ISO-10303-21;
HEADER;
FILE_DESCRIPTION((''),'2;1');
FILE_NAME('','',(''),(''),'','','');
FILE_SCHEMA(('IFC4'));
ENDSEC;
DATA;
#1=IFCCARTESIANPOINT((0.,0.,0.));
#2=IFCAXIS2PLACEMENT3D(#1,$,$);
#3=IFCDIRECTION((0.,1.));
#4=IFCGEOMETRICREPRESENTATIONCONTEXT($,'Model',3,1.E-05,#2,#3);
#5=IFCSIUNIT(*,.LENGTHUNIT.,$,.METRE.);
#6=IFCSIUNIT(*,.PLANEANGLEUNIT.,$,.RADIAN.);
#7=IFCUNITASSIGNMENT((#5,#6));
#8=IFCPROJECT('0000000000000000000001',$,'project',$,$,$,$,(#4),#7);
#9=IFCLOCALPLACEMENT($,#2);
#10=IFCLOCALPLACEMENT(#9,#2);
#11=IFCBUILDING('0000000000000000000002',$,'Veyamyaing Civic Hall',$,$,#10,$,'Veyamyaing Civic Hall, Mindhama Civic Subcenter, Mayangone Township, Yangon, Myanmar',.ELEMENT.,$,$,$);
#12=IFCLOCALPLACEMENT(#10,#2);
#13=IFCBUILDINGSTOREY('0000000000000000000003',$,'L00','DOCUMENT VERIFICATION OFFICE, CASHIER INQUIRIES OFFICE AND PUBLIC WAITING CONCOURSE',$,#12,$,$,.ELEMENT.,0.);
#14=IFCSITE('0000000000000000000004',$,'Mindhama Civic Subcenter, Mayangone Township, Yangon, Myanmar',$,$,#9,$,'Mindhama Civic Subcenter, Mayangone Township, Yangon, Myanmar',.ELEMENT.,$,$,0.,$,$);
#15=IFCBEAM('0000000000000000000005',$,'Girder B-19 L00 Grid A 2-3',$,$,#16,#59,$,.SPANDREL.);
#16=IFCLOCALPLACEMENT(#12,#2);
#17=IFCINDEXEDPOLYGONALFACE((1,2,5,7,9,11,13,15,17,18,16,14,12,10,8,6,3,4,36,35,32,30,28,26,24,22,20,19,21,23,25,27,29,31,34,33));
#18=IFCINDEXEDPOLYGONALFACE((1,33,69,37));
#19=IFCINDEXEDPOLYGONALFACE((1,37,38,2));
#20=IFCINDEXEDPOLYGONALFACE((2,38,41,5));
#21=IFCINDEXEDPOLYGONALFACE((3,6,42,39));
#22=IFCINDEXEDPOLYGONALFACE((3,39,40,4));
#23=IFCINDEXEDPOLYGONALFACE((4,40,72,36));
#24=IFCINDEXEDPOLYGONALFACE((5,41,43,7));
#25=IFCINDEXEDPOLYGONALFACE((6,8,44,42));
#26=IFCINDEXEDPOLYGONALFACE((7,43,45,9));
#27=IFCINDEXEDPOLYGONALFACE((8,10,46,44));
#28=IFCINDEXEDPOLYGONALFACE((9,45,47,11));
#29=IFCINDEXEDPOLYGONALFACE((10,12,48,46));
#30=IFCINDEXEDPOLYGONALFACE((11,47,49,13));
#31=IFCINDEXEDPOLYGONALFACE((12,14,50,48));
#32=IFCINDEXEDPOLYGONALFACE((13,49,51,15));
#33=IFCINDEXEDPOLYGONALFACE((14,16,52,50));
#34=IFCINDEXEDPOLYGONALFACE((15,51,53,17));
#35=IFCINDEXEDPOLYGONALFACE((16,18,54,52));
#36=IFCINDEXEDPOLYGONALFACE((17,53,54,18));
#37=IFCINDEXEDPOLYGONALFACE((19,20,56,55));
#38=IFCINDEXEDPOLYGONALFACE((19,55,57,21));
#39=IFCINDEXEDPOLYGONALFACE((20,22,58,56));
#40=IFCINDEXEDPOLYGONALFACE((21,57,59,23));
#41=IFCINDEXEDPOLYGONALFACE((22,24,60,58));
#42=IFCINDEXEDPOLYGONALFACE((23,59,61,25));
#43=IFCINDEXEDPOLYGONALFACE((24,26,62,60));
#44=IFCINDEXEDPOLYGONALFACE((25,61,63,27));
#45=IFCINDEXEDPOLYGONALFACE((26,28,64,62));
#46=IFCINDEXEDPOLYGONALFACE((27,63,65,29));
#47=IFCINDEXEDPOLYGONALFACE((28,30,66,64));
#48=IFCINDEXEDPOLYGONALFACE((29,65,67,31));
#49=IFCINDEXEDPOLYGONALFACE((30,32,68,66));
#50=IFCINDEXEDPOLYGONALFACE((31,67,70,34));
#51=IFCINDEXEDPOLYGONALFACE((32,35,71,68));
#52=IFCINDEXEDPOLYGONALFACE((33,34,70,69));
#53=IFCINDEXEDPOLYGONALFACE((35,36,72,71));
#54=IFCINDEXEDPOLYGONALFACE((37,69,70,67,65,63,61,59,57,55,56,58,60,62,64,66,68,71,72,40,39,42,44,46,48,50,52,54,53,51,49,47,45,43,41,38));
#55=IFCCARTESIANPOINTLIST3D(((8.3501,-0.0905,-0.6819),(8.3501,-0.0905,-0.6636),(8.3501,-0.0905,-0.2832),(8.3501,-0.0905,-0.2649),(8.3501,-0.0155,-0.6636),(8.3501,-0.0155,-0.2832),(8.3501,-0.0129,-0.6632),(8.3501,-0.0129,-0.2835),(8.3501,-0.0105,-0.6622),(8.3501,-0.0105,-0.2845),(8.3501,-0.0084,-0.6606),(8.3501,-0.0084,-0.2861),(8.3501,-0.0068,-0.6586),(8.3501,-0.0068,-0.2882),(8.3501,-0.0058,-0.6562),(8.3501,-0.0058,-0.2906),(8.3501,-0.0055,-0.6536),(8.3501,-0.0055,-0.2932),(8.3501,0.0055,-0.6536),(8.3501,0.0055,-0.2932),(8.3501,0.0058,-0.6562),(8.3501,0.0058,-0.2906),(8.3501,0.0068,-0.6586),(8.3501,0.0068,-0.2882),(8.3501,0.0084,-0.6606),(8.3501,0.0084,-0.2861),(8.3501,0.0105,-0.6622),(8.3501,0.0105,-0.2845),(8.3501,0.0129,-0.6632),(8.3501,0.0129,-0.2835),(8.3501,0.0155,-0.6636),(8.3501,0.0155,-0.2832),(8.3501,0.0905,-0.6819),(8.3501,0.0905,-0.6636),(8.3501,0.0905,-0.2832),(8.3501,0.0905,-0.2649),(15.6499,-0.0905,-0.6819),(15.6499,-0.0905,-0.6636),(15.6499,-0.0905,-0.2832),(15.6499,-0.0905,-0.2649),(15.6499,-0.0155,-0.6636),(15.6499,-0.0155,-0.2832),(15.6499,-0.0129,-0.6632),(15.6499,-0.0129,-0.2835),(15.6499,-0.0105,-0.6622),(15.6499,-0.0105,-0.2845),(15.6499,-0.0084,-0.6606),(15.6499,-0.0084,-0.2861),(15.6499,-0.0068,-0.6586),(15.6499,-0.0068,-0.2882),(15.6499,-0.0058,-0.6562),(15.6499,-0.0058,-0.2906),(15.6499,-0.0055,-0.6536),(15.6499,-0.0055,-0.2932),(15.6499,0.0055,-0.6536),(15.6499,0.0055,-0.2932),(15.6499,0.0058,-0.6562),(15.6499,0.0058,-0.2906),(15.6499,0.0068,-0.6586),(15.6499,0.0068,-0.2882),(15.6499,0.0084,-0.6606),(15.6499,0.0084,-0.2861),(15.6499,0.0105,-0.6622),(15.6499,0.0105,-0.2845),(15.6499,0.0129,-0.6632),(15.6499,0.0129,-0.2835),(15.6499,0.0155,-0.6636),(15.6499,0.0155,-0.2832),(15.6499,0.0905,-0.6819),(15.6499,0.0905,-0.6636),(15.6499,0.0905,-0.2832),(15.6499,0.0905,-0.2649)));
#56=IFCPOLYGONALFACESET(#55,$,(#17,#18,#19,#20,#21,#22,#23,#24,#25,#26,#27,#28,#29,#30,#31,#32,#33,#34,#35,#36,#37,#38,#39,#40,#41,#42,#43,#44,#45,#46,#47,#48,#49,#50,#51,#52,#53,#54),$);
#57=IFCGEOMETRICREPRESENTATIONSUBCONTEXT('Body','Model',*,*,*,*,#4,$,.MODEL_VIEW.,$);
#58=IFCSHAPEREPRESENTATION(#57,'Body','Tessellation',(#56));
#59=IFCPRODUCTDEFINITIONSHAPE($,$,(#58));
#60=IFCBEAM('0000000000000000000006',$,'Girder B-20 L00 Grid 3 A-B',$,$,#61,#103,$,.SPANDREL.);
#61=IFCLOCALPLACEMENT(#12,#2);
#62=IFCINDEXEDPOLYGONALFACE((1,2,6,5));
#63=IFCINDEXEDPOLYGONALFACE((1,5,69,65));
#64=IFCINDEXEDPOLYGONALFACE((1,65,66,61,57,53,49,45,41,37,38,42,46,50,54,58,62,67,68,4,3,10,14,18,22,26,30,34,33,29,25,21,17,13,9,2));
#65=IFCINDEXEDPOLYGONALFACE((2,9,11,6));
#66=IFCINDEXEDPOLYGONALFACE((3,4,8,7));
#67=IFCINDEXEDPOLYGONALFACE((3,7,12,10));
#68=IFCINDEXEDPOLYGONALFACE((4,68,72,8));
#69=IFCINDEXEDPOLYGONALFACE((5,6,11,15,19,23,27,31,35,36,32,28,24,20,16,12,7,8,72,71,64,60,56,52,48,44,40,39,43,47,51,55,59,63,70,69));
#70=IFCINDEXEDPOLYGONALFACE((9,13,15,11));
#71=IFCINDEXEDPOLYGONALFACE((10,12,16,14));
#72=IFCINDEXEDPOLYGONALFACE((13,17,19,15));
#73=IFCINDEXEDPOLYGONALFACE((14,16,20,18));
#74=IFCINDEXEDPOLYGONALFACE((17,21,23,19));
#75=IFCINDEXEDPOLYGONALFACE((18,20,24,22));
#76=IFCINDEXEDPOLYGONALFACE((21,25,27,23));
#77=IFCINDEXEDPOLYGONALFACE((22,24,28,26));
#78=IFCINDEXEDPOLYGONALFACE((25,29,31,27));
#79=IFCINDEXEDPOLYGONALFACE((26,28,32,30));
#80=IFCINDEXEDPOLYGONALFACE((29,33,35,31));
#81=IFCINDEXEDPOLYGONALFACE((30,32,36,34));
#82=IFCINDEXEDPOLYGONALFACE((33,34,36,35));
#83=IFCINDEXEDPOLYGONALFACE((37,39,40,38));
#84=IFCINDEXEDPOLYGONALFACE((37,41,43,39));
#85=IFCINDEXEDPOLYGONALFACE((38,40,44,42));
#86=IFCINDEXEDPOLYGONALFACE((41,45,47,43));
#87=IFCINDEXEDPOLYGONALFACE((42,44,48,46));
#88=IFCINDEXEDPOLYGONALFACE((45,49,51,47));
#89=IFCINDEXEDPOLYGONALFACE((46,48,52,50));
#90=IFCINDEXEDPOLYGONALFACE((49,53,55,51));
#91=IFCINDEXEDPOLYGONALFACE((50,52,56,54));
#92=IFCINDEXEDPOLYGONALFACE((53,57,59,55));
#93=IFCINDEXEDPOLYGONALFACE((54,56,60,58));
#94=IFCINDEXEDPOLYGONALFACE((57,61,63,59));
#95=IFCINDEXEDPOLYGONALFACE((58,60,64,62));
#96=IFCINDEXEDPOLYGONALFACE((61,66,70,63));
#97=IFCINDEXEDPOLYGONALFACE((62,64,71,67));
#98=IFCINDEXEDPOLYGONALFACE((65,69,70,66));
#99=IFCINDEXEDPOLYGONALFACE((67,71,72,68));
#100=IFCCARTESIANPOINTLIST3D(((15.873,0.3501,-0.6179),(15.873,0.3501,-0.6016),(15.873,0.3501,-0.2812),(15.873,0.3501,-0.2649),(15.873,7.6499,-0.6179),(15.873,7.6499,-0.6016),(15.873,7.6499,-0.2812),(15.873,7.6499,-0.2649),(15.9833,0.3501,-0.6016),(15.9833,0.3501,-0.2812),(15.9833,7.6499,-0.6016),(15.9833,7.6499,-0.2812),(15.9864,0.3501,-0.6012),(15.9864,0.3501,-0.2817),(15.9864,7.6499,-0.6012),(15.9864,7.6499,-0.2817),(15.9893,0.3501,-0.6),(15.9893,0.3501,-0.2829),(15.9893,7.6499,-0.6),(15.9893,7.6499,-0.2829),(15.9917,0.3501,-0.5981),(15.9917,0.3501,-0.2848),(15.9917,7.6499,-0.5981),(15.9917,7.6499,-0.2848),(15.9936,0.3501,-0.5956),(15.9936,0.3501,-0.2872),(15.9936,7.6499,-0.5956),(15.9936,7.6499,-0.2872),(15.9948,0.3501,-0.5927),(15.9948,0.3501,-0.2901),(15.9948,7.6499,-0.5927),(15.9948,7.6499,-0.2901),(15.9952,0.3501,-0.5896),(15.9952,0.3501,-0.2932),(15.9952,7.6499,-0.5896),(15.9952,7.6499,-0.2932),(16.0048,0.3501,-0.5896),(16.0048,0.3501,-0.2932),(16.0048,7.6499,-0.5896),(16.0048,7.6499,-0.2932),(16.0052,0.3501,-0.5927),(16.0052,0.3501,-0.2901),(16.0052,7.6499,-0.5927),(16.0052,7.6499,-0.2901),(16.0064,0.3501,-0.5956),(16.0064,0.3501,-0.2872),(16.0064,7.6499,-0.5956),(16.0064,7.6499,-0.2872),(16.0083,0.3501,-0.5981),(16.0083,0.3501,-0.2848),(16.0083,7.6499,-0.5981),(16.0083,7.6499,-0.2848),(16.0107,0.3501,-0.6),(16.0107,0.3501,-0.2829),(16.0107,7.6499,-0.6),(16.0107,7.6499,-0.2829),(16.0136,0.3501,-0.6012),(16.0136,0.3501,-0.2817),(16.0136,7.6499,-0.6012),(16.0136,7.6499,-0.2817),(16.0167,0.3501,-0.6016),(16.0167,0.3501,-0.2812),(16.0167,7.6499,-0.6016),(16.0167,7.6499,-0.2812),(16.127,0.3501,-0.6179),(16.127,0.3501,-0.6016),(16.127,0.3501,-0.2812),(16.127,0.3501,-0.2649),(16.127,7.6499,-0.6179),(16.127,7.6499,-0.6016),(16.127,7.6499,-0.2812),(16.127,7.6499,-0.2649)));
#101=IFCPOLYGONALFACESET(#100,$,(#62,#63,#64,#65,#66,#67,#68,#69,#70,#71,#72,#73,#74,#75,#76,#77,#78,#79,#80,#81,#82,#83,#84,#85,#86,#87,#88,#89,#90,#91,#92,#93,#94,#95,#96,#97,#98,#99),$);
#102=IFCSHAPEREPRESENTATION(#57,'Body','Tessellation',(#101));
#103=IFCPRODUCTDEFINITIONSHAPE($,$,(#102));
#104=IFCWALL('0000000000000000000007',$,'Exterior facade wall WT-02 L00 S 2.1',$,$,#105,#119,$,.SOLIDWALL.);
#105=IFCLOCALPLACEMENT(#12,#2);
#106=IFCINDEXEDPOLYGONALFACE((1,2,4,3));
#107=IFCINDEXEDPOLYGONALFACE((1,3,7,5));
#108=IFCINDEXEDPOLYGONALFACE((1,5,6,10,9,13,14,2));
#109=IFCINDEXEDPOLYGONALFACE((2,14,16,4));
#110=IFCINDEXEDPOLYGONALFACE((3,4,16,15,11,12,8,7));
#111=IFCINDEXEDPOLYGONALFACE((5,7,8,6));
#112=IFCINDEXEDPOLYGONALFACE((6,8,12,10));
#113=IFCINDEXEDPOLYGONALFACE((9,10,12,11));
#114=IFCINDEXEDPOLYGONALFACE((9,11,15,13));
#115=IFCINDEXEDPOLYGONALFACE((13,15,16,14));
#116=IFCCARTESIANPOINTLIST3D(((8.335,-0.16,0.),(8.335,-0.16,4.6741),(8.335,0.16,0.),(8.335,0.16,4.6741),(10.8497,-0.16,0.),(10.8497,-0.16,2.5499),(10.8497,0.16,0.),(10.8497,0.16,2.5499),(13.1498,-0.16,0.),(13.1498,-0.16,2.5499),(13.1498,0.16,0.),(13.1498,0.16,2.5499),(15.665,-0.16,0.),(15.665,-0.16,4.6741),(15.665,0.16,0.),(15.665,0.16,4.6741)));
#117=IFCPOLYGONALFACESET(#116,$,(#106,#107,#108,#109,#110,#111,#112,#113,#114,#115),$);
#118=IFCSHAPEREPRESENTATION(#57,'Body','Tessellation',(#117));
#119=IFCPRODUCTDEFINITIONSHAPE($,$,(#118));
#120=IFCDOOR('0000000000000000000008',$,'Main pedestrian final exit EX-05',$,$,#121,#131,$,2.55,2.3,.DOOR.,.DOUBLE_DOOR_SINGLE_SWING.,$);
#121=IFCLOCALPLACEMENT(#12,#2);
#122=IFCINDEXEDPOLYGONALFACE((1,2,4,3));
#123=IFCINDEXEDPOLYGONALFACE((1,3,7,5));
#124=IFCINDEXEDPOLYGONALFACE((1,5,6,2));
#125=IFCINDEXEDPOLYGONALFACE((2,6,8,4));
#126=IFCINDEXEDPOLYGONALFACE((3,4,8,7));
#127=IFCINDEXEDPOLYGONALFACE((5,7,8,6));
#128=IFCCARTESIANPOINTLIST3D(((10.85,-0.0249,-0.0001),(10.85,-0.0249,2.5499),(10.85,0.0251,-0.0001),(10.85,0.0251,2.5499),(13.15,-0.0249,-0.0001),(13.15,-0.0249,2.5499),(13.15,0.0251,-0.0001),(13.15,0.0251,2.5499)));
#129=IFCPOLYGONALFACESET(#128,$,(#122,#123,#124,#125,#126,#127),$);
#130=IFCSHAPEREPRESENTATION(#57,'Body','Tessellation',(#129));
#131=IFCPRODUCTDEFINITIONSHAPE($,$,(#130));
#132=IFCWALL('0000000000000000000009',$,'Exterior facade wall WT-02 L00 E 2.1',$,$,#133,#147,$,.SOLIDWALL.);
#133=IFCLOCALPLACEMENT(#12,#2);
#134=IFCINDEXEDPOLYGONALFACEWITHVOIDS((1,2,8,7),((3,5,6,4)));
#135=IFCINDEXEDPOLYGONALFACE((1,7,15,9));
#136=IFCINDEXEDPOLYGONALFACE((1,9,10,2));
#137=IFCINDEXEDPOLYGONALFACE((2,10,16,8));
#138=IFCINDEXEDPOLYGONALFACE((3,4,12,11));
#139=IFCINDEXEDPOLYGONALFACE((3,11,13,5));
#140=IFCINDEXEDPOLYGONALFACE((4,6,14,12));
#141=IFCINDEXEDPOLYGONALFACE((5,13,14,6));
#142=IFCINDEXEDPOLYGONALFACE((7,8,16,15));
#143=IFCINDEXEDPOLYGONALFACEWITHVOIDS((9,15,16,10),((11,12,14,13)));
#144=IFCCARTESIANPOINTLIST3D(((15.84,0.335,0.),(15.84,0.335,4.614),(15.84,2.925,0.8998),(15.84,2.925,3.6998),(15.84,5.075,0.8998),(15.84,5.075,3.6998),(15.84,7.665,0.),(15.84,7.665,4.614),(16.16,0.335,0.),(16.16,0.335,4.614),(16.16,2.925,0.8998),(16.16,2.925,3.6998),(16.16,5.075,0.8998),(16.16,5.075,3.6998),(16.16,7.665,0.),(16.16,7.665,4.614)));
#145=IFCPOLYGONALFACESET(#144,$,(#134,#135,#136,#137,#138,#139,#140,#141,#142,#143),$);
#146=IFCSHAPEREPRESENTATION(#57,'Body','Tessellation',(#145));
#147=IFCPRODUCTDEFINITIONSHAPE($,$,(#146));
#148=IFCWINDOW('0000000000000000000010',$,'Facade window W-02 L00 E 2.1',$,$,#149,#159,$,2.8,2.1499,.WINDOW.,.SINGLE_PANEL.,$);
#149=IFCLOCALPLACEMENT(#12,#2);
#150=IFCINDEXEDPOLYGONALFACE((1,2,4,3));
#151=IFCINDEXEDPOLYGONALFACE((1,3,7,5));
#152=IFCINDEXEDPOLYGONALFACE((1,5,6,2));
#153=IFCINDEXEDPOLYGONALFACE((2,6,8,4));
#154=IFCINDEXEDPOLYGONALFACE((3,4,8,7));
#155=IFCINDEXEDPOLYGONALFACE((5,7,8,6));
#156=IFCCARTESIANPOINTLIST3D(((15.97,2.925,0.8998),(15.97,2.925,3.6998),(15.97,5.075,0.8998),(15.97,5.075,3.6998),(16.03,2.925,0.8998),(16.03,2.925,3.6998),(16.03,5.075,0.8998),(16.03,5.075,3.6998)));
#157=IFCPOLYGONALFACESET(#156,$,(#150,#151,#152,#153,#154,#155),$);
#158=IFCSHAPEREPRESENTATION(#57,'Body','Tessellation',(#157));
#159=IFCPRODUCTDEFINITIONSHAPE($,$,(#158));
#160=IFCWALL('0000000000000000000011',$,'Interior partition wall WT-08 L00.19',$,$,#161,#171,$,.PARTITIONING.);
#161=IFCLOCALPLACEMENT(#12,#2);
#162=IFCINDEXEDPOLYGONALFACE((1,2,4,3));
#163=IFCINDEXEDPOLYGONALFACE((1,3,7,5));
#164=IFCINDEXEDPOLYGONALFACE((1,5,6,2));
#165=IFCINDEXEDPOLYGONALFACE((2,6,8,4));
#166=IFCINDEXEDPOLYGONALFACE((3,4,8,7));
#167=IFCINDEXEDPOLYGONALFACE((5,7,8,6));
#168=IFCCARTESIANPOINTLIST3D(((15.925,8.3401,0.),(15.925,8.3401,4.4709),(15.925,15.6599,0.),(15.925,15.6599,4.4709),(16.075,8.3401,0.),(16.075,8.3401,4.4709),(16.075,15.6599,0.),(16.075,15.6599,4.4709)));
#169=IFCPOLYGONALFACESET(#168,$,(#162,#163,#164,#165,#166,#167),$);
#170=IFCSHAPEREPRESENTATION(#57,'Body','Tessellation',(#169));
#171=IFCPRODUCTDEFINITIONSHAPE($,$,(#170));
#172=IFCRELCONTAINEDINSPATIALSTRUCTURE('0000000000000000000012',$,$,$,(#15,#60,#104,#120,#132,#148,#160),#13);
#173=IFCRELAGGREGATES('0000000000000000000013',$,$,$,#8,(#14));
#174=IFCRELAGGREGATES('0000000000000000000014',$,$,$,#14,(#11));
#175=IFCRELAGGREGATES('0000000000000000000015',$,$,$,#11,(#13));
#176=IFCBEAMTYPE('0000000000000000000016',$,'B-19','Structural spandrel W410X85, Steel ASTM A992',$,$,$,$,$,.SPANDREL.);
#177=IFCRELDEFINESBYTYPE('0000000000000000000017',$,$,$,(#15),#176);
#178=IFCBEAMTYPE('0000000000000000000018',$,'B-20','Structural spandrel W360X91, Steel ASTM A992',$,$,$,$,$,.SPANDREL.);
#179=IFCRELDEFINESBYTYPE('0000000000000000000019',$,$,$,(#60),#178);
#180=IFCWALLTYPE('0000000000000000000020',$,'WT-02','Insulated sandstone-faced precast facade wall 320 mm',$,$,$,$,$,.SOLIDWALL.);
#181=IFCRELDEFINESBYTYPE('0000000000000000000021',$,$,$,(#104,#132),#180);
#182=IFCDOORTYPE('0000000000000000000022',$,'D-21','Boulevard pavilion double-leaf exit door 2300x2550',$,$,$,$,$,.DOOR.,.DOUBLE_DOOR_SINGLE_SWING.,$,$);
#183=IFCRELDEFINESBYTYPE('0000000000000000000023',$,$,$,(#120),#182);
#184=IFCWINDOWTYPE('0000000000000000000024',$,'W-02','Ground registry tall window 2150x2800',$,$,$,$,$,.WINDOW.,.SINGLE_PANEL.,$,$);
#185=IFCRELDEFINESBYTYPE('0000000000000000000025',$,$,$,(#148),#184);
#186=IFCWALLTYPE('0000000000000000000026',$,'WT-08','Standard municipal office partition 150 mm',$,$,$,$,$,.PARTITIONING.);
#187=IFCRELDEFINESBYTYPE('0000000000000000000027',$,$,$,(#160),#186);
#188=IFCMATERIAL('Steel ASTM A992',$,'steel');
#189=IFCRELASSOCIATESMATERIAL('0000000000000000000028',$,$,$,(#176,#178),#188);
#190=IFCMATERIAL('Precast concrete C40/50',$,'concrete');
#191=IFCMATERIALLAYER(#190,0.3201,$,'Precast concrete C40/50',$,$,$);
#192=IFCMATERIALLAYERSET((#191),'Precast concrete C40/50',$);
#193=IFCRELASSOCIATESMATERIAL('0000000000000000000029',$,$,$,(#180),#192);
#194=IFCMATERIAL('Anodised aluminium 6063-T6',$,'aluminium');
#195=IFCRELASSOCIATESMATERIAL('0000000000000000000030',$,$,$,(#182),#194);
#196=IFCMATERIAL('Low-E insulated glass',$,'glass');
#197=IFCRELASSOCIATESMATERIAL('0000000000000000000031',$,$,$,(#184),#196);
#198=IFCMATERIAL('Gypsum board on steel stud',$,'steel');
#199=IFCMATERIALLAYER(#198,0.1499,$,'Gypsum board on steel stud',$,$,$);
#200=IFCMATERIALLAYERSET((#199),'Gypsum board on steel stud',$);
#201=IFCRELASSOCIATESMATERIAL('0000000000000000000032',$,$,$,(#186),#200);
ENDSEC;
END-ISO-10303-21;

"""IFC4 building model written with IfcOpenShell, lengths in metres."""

from ifc_helpers import new_model, si_unit, direction, frame, frame_2d, origin, origin_2d, place, context, subcontext, project, spatial, rectangle, i_section, extrude, material, layer, layer_set, material_profile, profile_set, type_object, element, fill, save


model = new_model("IFC4")

# Units and contexts
model_context = context("Model", 3, precision=1e-05, world=origin(), true_north=direction((0.0, 1.0)))
body_context = subcontext(model_context, "Body", "Model", "MODEL_VIEW")
ifc_project = project(units=[si_unit("LENGTHUNIT", "METRE"), si_unit("PLANEANGLEUNIT", "RADIAN")], contexts=[model_context])

# Site, building, storey
site_placement = place(None, origin())
site = spatial("IfcSite", under=ifc_project, at=site_placement, Name="Mindhama Civic Subcenter, Mayangone Township, Yangon, Myanmar", LongName="Mindhama Civic Subcenter, Mayangone Township, Yangon, Myanmar", CompositionType="ELEMENT", RefElevation=0.0)
building_placement = place(site_placement, origin())
building = spatial("IfcBuilding", under=site, at=building_placement, Name="Veyamyaing Civic Hall", LongName="Veyamyaing Civic Hall, Mindhama Civic Subcenter, Mayangone Township, Yangon, Myanmar", CompositionType="ELEMENT")
storey_placement = place(building_placement, origin())
storey = spatial("IfcBuildingStorey", under=building, at=storey_placement, Name="L00", Description="DOCUMENT VERIFICATION OFFICE, CASHIER INQUIRIES OFFICE AND PUBLIC WAITING CONCOURSE", CompositionType="ELEMENT", Elevation=0.0)

# Beams
ifc_material_1 = material(Name="Steel ASTM A992", Category="steel")
ifc_material_profile_1 = material_profile(ifc_material_1, i_section(OverallWidth=0.1809, OverallDepth=0.417, WebThickness=0.011, FlangeThickness=0.0183, FilletRadius=0.01, at=origin_2d()), Name="W410X85")
ifc_profile_set_1 = profile_set([ifc_material_profile_1], Name="Steel ASTM A992")
beam_type_1 = type_object("IfcBeamType", Name="B-19", Description="Structural spandrel W410X85, Steel ASTM A992", PredefinedType="SPANDREL", material=ifc_profile_set_1)
beam_1_placement = place(storey_placement, frame((8.3501, 0.0, -0.4734), z_axis=(1.0, 0.0, 0.0), x_axis=(0.0, 1.0, 0.0)))
element("IfcBeam", 1, at=beam_1_placement, inside=storey, type_object=beam_type_1, Name="Girder B-19 L00 Grid A 2-3", PredefinedType="SPANDREL", context=body_context, shape_type="SweptSolid", body=[
    extrude(i_section(OverallWidth=0.1809, OverallDepth=0.417, WebThickness=0.011, FlangeThickness=0.0183, FilletRadius=0.01, at=origin_2d()), origin(), (0.0, 0.0, 1.0), 7.2998),
])
ifc_material_profile_2 = material_profile(ifc_material_1, i_section(OverallWidth=0.2539, OverallDepth=0.353, WebThickness=0.0095, FlangeThickness=0.0164, FilletRadius=0.012, at=origin_2d()), Name="W360X91")
ifc_profile_set_2 = profile_set([ifc_material_profile_2], Name="Steel ASTM A992")
beam_type_2 = type_object("IfcBeamType", Name="B-20", Description="Structural spandrel W360X91, Steel ASTM A992", PredefinedType="SPANDREL", material=ifc_profile_set_2)
beam_2_placement = place(storey_placement, frame((16.0, 0.3501, -0.4414), z_axis=(0.0, 1.0, 0.0), x_axis=(-1.0, 0.0, 0.0)))
element("IfcBeam", 2, at=beam_2_placement, inside=storey, type_object=beam_type_2, Name="Girder B-20 L00 Grid 3 A-B", PredefinedType="SPANDREL", context=body_context, shape_type="SweptSolid", body=[
    extrude(i_section(OverallWidth=0.2539, OverallDepth=0.353, WebThickness=0.0095, FlangeThickness=0.0164, FilletRadius=0.012, at=origin_2d()), origin(), (0.0, 0.0, 1.0), 7.2998),
])

# Wall, opening, door
ifc_material_2 = material(Name="Precast concrete C40/50", Category="concrete")
ifc_layer_1 = layer(ifc_material_2, 0.3201, Name="Precast concrete C40/50")
ifc_layer_set_1 = layer_set([ifc_layer_1], Name="Precast concrete C40/50")
wall_type_1 = type_object("IfcWallType", Name="WT-02", Description="Insulated sandstone-faced precast facade wall 320 mm", PredefinedType="SOLIDWALL", material=ifc_layer_set_1)
wall_1_placement = place(storey_placement, frame((8.335, 0.0, 0.0), z_axis=(0.0, 0.0, 1.0), x_axis=(1.0, 0.0, 0.0)))
wall_1 = element("IfcWall", 3, at=wall_1_placement, inside=storey, type_object=wall_type_1, Name="Exterior facade wall WT-02 L00 S 2.1", PredefinedType="SOLIDWALL", context=body_context, shape_type="SweptSolid", body=[
    extrude(rectangle(XDim=7.3301, YDim=0.3201, at=frame_2d((3.665, 0.0))), origin(), (0.0, 0.0, 1.0), 4.6741),
])
opening_1_placement = place(wall_1_placement, frame((2.5149, 0.0, 0.0)))
opening_1 = element("IfcOpeningElement", 4, at=opening_1_placement, cuts=wall_1, PredefinedType="OPENING", context=body_context, shape_type="SweptSolid", body=[
    extrude(rectangle(XDim=2.3, YDim=2.55, at=frame_2d((1.1499, 1.2749))), frame((0.0, 0.1699, 0.0), z_axis=(0.0, -1.0, 0.0), x_axis=(1.0, 0.0, 0.0)), (0.0, 0.0, 1.0), 0.3401),
])
ifc_material_3 = material(Name="Anodised aluminium 6063-T6", Category="aluminium")
door_type = type_object("IfcDoorType", Name="D-21", Description="Boulevard pavilion double-leaf exit door 2300x2550", OperationType="DOUBLE_DOOR_SINGLE_SWING", PredefinedType="DOOR", material=ifc_material_3)
door_placement = place(opening_1_placement, frame((2.3, 0.0, 0.0), z_axis=(0.0, 0.0, 1.0), x_axis=(-1.0, 0.0, 0.0)))
door = element("IfcDoor", 5, at=door_placement, inside=storey, type_object=door_type, Name="Main pedestrian final exit EX-05", OperationType="DOUBLE_DOOR_SINGLE_SWING", OverallHeight=2.55, OverallWidth=2.3, PredefinedType="DOOR", context=body_context, shape_type="SweptSolid", body=[
    extrude(rectangle(XDim=2.3, YDim=2.55, at=frame_2d((1.1499, 1.2749))), frame((0.0, 0.0249, 0.0), z_axis=(0.0, -1.0, 0.0), x_axis=(1.0, 0.0, 0.0)), (0.0, 0.0, 1.0), 0.05),
])
fill(opening_1, door)

# Wall, opening, window
wall_2_placement = place(storey_placement, frame((16.0, 0.335, 0.0), z_axis=(0.0, 0.0, 1.0), x_axis=(0.0, 1.0, 0.0)))
wall_2 = element("IfcWall", 6, at=wall_2_placement, inside=storey, type_object=wall_type_1, Name="Exterior facade wall WT-02 L00 E 2.1", PredefinedType="SOLIDWALL", context=body_context, shape_type="SweptSolid", body=[
    extrude(rectangle(XDim=7.3301, YDim=0.3201, at=frame_2d((3.665, 0.0))), origin(), (0.0, 0.0, 1.0), 4.614),
])
opening_2_placement = place(wall_2_placement, frame((2.5901, 0.0, 0.8999)))
opening_2 = element("IfcOpeningElement", 7, at=opening_2_placement, cuts=wall_2, PredefinedType="OPENING", context=body_context, shape_type="SweptSolid", body=[
    extrude(rectangle(XDim=2.1499, YDim=2.8, at=frame_2d((1.075, 1.3999))), frame((0.0, 0.1699, 0.0), z_axis=(0.0, -1.0, 0.0), x_axis=(1.0, 0.0, 0.0)), (0.0, 0.0, 1.0), 0.3401),
])
ifc_material_4 = material(Name="Low-E insulated glass", Category="glass")
window_type = type_object("IfcWindowType", Name="W-02", Description="Ground registry tall window 2150x2800", PartitioningType="SINGLE_PANEL", PredefinedType="WINDOW", material=ifc_material_4)
window_placement = place(opening_2_placement, origin())
window = element("IfcWindow", 8, at=window_placement, inside=storey, type_object=window_type, Name="Facade window W-02 L00 E 2.1", OverallHeight=2.8, OverallWidth=2.1499, PartitioningType="SINGLE_PANEL", PredefinedType="WINDOW", context=body_context, shape_type="SweptSolid", body=[
    extrude(rectangle(XDim=2.1499, YDim=2.8, at=frame_2d((1.075, 1.3999))), frame((0.0, 0.03, 0.0), z_axis=(0.0, -1.0, 0.0), x_axis=(1.0, 0.0, 0.0)), (0.0, 0.0, 1.0), 0.0601),
])
fill(opening_2, window)

# Wall
ifc_material_5 = material(Name="Gypsum board on steel stud", Category="steel")
ifc_layer_2 = layer(ifc_material_5, 0.1499, Name="Gypsum board on steel stud")
ifc_layer_set_2 = layer_set([ifc_layer_2], Name="Gypsum board on steel stud")
wall_type_2 = type_object("IfcWallType", Name="WT-08", Description="Standard municipal office partition 150 mm", PredefinedType="PARTITIONING", material=ifc_layer_set_2)
wall_3_placement = place(storey_placement, frame((16.0, 8.3401, 0.0), z_axis=(0.0, 0.0, 1.0), x_axis=(0.0, 1.0, 0.0)))
element("IfcWall", 9, at=wall_3_placement, inside=storey, type_object=wall_type_2, Name="Interior partition wall WT-08 L00.19", PredefinedType="PARTITIONING", context=body_context, shape_type="SweptSolid", body=[
    extrude(rectangle(XDim=7.3198, YDim=0.1499, at=frame_2d((3.6599, 0.0))), origin(), (0.0, 0.0, 1.0), 4.4709),
])

save(model, "model.ifc")
